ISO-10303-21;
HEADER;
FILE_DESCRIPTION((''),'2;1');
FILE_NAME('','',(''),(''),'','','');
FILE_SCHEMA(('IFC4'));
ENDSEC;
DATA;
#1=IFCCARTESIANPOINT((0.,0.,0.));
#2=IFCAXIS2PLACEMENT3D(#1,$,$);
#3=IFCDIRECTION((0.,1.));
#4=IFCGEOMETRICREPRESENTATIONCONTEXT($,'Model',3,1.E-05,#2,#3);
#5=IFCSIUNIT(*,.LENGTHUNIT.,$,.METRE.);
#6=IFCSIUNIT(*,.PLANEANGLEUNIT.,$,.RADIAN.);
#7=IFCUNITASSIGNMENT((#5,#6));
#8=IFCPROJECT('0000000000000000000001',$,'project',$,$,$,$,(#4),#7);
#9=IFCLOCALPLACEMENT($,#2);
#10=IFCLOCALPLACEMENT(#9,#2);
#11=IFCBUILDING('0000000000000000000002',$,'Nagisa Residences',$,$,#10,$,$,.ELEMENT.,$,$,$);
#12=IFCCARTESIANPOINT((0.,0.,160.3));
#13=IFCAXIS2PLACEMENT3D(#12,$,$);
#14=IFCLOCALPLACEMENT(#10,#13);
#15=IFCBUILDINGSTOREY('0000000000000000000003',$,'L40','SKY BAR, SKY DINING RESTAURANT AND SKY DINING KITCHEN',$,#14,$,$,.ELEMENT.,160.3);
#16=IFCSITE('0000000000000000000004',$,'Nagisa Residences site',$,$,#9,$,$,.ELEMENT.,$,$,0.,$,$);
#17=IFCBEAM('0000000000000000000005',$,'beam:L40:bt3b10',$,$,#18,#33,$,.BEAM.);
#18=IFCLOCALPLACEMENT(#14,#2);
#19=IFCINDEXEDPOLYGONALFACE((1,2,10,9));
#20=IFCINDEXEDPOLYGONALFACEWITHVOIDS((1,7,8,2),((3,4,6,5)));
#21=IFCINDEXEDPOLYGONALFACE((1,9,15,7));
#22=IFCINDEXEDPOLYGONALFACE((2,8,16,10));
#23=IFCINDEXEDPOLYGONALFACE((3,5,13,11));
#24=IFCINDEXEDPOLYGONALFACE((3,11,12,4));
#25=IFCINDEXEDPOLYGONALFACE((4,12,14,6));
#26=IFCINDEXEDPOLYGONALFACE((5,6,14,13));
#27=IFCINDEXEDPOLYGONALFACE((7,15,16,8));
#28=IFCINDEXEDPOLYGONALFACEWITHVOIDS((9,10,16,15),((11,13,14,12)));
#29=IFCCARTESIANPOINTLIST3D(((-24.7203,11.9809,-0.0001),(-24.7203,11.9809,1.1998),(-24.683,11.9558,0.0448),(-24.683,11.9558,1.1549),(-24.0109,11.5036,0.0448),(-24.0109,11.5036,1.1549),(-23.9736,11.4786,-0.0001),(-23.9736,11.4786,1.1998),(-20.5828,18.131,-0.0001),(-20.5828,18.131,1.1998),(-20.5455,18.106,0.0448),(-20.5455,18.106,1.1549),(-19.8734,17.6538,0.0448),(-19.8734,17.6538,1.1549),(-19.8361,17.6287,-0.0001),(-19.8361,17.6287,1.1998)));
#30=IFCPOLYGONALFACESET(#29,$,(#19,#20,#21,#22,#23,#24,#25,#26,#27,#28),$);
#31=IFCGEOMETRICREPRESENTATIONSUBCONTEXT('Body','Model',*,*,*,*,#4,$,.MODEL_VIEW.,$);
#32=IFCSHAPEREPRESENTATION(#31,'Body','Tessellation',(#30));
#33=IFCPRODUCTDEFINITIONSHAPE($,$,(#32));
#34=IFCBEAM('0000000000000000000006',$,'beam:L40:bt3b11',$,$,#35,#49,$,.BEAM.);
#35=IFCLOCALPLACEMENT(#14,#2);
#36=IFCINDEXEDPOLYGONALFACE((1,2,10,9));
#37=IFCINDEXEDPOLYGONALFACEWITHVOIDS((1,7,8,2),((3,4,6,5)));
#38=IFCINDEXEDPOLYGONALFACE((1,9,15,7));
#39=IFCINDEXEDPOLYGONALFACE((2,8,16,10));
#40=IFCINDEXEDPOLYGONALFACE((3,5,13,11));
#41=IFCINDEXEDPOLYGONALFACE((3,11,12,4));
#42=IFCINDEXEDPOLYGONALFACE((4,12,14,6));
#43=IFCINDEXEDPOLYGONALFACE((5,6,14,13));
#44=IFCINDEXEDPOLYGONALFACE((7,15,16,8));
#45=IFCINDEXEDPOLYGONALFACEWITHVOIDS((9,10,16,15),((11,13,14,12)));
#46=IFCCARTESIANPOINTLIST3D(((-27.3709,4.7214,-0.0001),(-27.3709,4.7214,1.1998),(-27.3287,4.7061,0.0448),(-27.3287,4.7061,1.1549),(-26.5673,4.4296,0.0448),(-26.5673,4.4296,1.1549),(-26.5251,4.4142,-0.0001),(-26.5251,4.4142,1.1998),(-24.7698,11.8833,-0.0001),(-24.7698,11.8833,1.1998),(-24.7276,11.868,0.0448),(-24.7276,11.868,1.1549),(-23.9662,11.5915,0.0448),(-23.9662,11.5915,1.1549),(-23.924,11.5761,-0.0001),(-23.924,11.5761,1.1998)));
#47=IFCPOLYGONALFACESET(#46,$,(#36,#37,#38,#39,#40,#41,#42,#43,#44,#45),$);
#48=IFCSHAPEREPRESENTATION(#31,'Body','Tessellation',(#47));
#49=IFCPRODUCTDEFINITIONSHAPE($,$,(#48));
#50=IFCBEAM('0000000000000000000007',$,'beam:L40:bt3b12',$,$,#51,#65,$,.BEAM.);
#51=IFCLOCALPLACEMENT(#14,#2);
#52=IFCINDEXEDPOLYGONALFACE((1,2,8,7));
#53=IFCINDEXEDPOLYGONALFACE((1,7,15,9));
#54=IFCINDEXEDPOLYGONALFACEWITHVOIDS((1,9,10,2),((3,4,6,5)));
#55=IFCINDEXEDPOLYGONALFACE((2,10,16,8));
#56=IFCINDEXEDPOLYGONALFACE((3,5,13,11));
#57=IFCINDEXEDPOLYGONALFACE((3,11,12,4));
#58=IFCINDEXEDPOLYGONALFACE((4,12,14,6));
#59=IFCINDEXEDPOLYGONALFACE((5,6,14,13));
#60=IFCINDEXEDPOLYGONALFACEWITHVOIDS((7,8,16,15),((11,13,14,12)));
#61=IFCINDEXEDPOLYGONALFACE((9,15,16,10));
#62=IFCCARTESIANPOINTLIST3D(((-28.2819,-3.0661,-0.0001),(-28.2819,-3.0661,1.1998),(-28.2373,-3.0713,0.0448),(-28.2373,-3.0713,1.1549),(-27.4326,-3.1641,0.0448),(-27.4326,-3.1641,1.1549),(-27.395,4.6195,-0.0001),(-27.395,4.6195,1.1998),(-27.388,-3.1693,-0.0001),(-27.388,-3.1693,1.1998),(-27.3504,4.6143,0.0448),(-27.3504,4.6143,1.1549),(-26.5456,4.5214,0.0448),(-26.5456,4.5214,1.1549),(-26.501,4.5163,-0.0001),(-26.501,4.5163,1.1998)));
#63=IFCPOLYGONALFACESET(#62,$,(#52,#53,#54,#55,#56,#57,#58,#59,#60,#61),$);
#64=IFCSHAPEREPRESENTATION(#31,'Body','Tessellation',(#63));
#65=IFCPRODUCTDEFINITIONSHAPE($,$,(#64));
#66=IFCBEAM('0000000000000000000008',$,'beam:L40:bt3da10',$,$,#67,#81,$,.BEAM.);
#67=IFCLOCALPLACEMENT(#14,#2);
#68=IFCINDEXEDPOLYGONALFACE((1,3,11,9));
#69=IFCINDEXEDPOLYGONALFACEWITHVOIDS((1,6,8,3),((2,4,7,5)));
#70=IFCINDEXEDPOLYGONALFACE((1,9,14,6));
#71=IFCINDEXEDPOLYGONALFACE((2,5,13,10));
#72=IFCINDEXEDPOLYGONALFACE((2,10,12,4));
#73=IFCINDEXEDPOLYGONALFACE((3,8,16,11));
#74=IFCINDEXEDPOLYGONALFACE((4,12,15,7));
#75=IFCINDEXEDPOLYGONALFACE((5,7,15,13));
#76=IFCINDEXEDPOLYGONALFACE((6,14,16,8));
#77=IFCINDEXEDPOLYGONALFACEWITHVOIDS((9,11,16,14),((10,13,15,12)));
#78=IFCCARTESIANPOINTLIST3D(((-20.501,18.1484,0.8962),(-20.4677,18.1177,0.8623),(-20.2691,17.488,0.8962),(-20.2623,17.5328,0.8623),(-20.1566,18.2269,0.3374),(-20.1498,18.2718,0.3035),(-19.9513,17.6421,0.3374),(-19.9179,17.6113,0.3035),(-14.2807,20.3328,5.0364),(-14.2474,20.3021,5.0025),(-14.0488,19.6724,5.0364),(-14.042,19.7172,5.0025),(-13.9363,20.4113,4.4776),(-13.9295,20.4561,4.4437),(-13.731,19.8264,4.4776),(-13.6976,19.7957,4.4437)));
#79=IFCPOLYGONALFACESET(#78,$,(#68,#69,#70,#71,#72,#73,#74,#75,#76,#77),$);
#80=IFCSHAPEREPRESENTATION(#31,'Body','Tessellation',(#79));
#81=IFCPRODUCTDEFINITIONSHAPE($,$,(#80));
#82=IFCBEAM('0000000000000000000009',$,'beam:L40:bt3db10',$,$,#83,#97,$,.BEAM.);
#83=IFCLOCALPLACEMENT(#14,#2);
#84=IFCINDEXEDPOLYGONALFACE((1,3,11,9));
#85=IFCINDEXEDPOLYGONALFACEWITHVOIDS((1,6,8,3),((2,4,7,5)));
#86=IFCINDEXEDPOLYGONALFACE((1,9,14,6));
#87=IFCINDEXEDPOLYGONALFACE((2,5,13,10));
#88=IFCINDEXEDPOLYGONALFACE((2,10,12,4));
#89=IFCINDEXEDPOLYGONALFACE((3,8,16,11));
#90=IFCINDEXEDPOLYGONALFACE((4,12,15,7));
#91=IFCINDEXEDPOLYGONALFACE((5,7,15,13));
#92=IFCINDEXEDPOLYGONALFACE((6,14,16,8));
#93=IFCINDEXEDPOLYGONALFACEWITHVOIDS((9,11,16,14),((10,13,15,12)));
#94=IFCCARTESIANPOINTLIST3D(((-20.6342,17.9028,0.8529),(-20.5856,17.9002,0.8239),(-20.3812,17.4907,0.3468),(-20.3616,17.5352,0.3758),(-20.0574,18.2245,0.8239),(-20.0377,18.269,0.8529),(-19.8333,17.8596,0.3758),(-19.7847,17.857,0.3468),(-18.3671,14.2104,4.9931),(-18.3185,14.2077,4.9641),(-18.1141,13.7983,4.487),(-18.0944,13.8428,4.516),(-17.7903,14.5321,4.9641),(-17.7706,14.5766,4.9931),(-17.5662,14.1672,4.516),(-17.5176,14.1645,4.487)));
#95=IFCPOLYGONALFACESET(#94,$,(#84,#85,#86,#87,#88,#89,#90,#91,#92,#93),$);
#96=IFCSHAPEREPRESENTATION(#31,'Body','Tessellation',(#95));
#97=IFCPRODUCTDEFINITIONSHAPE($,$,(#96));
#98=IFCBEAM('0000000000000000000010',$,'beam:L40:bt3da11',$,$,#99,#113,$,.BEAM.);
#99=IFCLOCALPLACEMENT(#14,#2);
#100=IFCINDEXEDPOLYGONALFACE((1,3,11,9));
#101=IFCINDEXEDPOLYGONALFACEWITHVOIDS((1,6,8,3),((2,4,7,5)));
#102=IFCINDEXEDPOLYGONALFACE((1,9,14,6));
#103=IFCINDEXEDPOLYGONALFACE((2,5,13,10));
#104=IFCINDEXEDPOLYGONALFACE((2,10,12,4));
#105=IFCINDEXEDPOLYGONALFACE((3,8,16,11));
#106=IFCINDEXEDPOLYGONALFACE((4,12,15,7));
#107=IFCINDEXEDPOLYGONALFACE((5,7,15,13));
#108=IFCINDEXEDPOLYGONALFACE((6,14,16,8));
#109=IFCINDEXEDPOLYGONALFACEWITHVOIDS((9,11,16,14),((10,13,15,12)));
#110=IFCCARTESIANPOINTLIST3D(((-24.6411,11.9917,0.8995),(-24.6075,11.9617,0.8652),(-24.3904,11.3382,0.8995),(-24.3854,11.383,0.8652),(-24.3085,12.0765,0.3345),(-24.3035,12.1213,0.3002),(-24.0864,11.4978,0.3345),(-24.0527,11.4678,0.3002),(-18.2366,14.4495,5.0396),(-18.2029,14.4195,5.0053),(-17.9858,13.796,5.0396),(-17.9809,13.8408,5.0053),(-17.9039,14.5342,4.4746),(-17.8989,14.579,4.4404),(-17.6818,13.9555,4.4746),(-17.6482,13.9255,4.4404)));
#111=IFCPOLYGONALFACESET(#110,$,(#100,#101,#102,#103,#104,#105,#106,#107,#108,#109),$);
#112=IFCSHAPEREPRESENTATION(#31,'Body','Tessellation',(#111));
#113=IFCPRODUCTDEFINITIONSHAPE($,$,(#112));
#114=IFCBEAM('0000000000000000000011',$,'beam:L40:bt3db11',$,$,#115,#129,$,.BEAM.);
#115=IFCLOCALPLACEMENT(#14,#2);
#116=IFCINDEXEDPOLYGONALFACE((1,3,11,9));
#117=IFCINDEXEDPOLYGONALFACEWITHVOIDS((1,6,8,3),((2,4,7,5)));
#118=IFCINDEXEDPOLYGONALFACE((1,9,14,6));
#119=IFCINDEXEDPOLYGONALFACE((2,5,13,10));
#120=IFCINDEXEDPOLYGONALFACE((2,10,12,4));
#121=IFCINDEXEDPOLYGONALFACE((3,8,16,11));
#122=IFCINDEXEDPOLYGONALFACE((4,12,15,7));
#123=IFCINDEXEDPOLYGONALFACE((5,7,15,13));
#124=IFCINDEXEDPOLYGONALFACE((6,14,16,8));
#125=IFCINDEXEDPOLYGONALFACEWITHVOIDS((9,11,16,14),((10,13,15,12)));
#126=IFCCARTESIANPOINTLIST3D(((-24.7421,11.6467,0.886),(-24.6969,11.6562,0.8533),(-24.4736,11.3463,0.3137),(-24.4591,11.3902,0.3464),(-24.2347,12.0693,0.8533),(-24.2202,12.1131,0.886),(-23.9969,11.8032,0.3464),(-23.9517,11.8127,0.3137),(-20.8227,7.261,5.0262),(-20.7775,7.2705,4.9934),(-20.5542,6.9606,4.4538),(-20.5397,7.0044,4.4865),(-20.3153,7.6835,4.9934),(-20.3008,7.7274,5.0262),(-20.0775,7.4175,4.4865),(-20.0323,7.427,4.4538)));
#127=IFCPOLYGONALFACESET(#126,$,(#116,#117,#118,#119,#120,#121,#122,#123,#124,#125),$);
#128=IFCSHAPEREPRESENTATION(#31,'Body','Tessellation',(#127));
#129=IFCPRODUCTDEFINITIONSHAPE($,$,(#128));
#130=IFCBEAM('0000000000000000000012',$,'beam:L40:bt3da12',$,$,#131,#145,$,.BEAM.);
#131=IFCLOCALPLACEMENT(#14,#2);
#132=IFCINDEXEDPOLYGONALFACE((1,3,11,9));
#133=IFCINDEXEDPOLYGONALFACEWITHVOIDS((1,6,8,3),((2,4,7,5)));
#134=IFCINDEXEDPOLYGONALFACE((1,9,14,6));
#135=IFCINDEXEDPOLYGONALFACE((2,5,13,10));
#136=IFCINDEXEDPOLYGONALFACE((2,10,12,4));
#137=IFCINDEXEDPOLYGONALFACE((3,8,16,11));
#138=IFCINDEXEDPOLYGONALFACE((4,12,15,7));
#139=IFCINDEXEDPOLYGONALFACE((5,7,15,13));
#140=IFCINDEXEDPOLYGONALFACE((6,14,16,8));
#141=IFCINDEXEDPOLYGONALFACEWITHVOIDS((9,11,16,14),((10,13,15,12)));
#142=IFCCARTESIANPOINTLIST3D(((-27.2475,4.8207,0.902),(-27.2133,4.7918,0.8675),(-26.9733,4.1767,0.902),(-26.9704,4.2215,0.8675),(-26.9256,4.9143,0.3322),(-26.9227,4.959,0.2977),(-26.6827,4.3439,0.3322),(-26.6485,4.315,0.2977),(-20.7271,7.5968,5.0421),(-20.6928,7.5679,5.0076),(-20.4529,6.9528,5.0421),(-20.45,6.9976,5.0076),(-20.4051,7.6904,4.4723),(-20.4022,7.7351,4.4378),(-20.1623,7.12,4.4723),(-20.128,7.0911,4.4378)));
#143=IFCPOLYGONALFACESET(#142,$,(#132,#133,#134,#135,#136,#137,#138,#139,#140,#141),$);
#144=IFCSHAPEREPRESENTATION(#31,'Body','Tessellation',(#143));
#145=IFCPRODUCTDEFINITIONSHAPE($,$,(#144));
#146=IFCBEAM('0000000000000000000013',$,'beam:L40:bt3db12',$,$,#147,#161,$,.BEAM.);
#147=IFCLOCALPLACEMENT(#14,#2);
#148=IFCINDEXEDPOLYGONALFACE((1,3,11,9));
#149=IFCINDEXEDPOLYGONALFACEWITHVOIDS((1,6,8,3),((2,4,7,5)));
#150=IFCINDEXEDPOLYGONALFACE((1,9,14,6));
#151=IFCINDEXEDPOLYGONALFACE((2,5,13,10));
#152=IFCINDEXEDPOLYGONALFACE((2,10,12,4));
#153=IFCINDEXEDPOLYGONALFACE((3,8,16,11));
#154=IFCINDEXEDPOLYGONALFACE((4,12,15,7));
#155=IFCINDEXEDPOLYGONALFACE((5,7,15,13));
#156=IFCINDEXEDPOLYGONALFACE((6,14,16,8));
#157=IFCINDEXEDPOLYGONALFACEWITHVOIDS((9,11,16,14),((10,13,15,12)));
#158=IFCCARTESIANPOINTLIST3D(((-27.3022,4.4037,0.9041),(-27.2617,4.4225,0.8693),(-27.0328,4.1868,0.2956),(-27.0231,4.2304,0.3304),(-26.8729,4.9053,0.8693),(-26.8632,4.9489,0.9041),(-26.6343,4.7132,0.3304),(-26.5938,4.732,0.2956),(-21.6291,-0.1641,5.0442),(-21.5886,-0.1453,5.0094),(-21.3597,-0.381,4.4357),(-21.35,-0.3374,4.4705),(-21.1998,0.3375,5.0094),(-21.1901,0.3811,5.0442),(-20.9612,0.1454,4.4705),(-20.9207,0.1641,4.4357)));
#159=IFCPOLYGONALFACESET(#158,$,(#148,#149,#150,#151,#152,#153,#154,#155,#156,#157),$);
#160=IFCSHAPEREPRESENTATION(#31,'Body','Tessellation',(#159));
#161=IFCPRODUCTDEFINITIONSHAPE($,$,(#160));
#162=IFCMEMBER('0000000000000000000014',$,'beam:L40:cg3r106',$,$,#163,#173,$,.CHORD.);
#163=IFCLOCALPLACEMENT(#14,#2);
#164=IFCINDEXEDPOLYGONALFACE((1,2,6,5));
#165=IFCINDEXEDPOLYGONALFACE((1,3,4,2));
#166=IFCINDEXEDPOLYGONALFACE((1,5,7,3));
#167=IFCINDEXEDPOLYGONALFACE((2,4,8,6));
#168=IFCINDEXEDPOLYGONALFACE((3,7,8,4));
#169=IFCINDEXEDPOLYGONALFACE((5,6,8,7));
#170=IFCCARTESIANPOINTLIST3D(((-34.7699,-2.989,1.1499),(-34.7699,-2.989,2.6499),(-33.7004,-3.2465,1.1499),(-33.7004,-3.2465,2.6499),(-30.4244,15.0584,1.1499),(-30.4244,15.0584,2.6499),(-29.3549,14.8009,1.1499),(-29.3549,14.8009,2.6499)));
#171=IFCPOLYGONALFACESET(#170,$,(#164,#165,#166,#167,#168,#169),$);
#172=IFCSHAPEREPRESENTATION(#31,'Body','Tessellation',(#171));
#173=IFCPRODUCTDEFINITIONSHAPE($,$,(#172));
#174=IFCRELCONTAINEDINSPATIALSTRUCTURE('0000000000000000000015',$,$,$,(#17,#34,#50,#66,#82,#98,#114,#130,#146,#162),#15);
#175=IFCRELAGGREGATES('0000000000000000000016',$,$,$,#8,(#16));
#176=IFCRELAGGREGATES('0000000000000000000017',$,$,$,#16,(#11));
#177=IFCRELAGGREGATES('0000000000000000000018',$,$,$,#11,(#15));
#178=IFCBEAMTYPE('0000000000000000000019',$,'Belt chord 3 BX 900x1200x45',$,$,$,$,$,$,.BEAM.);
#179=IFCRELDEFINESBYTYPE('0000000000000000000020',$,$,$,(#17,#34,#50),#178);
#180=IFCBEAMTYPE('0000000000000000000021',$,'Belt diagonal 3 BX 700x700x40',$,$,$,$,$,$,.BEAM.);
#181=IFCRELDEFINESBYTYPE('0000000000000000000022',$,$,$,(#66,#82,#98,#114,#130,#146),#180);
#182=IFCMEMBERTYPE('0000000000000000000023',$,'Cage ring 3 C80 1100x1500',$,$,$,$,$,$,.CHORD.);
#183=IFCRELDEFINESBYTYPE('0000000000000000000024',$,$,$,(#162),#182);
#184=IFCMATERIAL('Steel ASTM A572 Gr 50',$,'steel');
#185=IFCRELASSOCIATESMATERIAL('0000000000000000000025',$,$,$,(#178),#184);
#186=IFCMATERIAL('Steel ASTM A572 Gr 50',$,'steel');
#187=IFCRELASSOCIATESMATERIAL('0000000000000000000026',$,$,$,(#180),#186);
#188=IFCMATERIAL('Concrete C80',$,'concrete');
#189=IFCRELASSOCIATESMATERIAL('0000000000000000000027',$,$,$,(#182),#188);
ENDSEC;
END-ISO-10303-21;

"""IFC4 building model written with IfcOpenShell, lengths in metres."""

from ifc_helpers import new_model, si_unit, direction, frame, origin, origin_2d, place, context, subcontext, project, spatial, rectangle, hollow_rectangle, extrude, material, material_profile, profile_set, type_object, element, save


model = new_model("IFC4")

# Units and contexts
model_context = context("Model", 3, precision=1e-05, world=origin(), true_north=direction((0.0, 1.0)))
body_context = subcontext(model_context, "Body", "Model", "MODEL_VIEW")
ifc_project = project(units=[si_unit("LENGTHUNIT", "METRE"), si_unit("PLANEANGLEUNIT", "RADIAN")], contexts=[model_context])

# Site, building, storey
site_placement = place(None, origin())
site = spatial("IfcSite", under=ifc_project, at=site_placement, Name="Nagisa Residences site", CompositionType="ELEMENT", RefElevation=0.0)
building_placement = place(site_placement, origin())
building = spatial("IfcBuilding", under=site, at=building_placement, Name="Nagisa Residences", CompositionType="ELEMENT")
storey_placement = place(building_placement, frame((0.0, 0.0, 160.3)))
storey = spatial("IfcBuildingStorey", under=building, at=storey_placement, Name="L40", Description="SKY BAR, SKY DINING RESTAURANT AND SKY DINING KITCHEN", CompositionType="ELEMENT", Elevation=160.3)

# Beams
ifc_material_1 = material(Name="Steel ASTM A572 Gr 50", Category="steel")
ifc_material_profile_1 = material_profile(ifc_material_1, hollow_rectangle(XDim=0.8999, YDim=1.2, WallThickness=0.0449, at=origin_2d()), Name="BX 900x1200x45")
ifc_profile_set_1 = profile_set([ifc_material_profile_1], Name="Steel ASTM A572 Gr 50")
beam_type_1 = type_object("IfcBeamType", Name="Belt chord 3 BX 900x1200x45", PredefinedType="BEAM", material=ifc_profile_set_1)
beam_1_placement = place(storey_placement, frame((-20.2095, 17.8799, 0.5999), z_axis=(-0.558184, -0.829717, 0.0), x_axis=(0.829717, -0.558184, 0.0)))
element("IfcBeam", 1, at=beam_1_placement, inside=storey, type_object=beam_type_1, Name="beam:L40:bt3b10", PredefinedType="BEAM", context=body_context, shape_type="SweptSolid", body=[
    extrude(hollow_rectangle(XDim=0.8999, YDim=1.2, WallThickness=0.0449, at=origin_2d()), origin(), (0.0, 0.0, 1.0), 7.4124),
])
beam_2_placement = place(storey_placement, frame((-24.3469, 11.7297, 0.5999), z_axis=(-0.341367, -0.93993, 0.0), x_axis=(0.93993, -0.341367, 0.0)))
element("IfcBeam", 2, at=beam_2_placement, inside=storey, type_object=beam_type_1, Name="beam:L40:bt3b11", PredefinedType="BEAM", context=body_context, shape_type="SweptSolid", body=[
    extrude(hollow_rectangle(XDim=0.8999, YDim=1.2, WallThickness=0.0449, at=origin_2d()), origin(), (0.0, 0.0, 1.0), 7.6196),
])
beam_3_placement = place(storey_placement, frame((-26.948, 4.5679, 0.5999), z_axis=(-0.114646, -0.993406, 0.0), x_axis=(0.993406, -0.114646, 0.0)))
element("IfcBeam", 3, at=beam_3_placement, inside=storey, type_object=beam_type_1, Name="beam:L40:bt3b12", PredefinedType="BEAM", context=body_context, shape_type="SweptSolid", body=[
    extrude(hollow_rectangle(XDim=0.8999, YDim=1.2, WallThickness=0.0449, at=origin_2d()), origin(), (0.0, 0.0, 1.0), 7.7366),
])
ifc_material_2 = material(Name="Steel ASTM A572 Gr 50", Category="steel")
ifc_material_profile_2 = material_profile(ifc_material_2, hollow_rectangle(XDim=0.7, YDim=0.7, WallThickness=0.04, at=origin_2d()), Name="BX 700x700x40")
ifc_profile_set_2 = profile_set([ifc_material_profile_2], Name="Steel ASTM A572 Gr 50")
beam_type_2 = type_object("IfcBeamType", Name="Belt diagonal 3 BX 700x700x40", PredefinedType="BEAM", material=ifc_profile_set_2)
beam_4_placement = place(storey_placement, frame((-20.2095, 17.8799, 0.5999), z_axis=(0.799021, 0.280589, 0.531823), x_axis=(-0.33133, 0.943515, 0.0)))
element("IfcBeam", 4, at=beam_4_placement, inside=storey, type_object=beam_type_2, Name="beam:L40:bt3da10", PredefinedType="BEAM", context=body_context, shape_type="SweptSolid", body=[
    extrude(hollow_rectangle(XDim=0.7, YDim=0.7, WallThickness=0.04, at=origin_2d()), origin(), (0.0, 0.0, 1.0), 7.7849),
])
beam_5_placement = place(storey_placement, frame((-20.2095, 17.8799, 0.5999), z_axis=(0.3783, -0.616132, 0.690847), x_axis=(0.852188, 0.523236, 0.0)))
element("IfcBeam", 5, at=beam_5_placement, inside=storey, type_object=beam_type_2, Name="beam:L40:bt3db10", PredefinedType="BEAM", context=body_context, shape_type="SweptSolid", body=[
    extrude(hollow_rectangle(XDim=0.7, YDim=0.7, WallThickness=0.04, at=origin_2d()), origin(), (0.0, 0.0, 1.0), 5.9929),
])
beam_6_placement = place(storey_placement, frame((-24.3469, 11.7297, 0.5999), z_axis=(0.799323, 0.306743, 0.516712), x_axis=(-0.358278, 0.933615, 0.0)))
element("IfcBeam", 6, at=beam_6_placement, inside=storey, type_object=beam_type_2, Name="beam:L40:bt3da11", PredefinedType="BEAM", context=body_context, shape_type="SweptSolid", body=[
    extrude(hollow_rectangle(XDim=0.7, YDim=0.7, WallThickness=0.04, at=origin_2d()), origin(), (0.0, 0.0, 1.0), 8.0125),
])
beam_7_placement = place(storey_placement, frame((-24.3469, 11.7297, 0.5999), z_axis=(0.544905, -0.609734, 0.575589), x_axis=(0.745634, 0.666356, 0.0)))
element("IfcBeam", 7, at=beam_7_placement, inside=storey, type_object=beam_type_2, Name="beam:L40:bt3db11", PredefinedType="BEAM", context=body_context, shape_type="SweptSolid", body=[
    extrude(hollow_rectangle(XDim=0.7, YDim=0.7, WallThickness=0.04, at=origin_2d()), origin(), (0.0, 0.0, 1.0), 7.1929),
])
beam_8_placement = place(storey_placement, frame((-26.948, 4.5679, 0.5999), z_axis=(0.794448, 0.338238, 0.504428), x_axis=(-0.391727, 0.920081, 0.0)))
element("IfcBeam", 8, at=beam_8_placement, inside=storey, type_object=beam_type_2, Name="beam:L40:bt3da12", PredefinedType="BEAM", context=body_context, shape_type="SweptSolid", body=[
    extrude(hollow_rectangle(XDim=0.7, YDim=0.7, WallThickness=0.04, at=origin_2d()), origin(), (0.0, 0.0, 1.0), 8.2075),
])
beam_9_placement = place(storey_placement, frame((-26.948, 4.5679, 0.5999), z_axis=(0.677145, -0.545225, 0.49417), x_axis=(0.627153, 0.778896, 0.0)))
element("IfcBeam", 9, at=beam_9_placement, inside=storey, type_object=beam_type_2, Name="beam:L40:bt3db12", PredefinedType="BEAM", context=body_context, shape_type="SweptSolid", body=[
    extrude(hollow_rectangle(XDim=0.7, YDim=0.7, WallThickness=0.04, at=origin_2d()), origin(), (0.0, 0.0, 1.0), 8.3779),
])

# Member
ifc_material_3 = material(Name="Concrete C80", Category="concrete")
ifc_material_profile_3 = material_profile(ifc_material_3, rectangle(XDim=1.1001, YDim=1.5, at=origin_2d()), Name="C80 1100x1500")
ifc_profile_set_3 = profile_set([ifc_material_profile_3], Name="Concrete C80")
member_type_1 = type_object("IfcMemberType", Name="Cage ring 3 C80 1100x1500", PredefinedType="CHORD", material=ifc_profile_set_3)
member_1_placement = place(storey_placement, frame((-29.8896, 14.9297, 1.8999), z_axis=(-0.234091, -0.972215, 0.0), x_axis=(0.972215, -0.234091, 0.0)))
element("IfcMember", 10, at=member_1_placement, inside=storey, type_object=member_type_1, Name="beam:L40:cg3r106", PredefinedType="CHORD", context=body_context, shape_type="SweptSolid", body=[
    extrude(rectangle(XDim=1.1001, YDim=1.5, at=origin_2d()), origin(), (0.0, 0.0, 1.0), 18.5632),
])

save(model, "model.ifc")
